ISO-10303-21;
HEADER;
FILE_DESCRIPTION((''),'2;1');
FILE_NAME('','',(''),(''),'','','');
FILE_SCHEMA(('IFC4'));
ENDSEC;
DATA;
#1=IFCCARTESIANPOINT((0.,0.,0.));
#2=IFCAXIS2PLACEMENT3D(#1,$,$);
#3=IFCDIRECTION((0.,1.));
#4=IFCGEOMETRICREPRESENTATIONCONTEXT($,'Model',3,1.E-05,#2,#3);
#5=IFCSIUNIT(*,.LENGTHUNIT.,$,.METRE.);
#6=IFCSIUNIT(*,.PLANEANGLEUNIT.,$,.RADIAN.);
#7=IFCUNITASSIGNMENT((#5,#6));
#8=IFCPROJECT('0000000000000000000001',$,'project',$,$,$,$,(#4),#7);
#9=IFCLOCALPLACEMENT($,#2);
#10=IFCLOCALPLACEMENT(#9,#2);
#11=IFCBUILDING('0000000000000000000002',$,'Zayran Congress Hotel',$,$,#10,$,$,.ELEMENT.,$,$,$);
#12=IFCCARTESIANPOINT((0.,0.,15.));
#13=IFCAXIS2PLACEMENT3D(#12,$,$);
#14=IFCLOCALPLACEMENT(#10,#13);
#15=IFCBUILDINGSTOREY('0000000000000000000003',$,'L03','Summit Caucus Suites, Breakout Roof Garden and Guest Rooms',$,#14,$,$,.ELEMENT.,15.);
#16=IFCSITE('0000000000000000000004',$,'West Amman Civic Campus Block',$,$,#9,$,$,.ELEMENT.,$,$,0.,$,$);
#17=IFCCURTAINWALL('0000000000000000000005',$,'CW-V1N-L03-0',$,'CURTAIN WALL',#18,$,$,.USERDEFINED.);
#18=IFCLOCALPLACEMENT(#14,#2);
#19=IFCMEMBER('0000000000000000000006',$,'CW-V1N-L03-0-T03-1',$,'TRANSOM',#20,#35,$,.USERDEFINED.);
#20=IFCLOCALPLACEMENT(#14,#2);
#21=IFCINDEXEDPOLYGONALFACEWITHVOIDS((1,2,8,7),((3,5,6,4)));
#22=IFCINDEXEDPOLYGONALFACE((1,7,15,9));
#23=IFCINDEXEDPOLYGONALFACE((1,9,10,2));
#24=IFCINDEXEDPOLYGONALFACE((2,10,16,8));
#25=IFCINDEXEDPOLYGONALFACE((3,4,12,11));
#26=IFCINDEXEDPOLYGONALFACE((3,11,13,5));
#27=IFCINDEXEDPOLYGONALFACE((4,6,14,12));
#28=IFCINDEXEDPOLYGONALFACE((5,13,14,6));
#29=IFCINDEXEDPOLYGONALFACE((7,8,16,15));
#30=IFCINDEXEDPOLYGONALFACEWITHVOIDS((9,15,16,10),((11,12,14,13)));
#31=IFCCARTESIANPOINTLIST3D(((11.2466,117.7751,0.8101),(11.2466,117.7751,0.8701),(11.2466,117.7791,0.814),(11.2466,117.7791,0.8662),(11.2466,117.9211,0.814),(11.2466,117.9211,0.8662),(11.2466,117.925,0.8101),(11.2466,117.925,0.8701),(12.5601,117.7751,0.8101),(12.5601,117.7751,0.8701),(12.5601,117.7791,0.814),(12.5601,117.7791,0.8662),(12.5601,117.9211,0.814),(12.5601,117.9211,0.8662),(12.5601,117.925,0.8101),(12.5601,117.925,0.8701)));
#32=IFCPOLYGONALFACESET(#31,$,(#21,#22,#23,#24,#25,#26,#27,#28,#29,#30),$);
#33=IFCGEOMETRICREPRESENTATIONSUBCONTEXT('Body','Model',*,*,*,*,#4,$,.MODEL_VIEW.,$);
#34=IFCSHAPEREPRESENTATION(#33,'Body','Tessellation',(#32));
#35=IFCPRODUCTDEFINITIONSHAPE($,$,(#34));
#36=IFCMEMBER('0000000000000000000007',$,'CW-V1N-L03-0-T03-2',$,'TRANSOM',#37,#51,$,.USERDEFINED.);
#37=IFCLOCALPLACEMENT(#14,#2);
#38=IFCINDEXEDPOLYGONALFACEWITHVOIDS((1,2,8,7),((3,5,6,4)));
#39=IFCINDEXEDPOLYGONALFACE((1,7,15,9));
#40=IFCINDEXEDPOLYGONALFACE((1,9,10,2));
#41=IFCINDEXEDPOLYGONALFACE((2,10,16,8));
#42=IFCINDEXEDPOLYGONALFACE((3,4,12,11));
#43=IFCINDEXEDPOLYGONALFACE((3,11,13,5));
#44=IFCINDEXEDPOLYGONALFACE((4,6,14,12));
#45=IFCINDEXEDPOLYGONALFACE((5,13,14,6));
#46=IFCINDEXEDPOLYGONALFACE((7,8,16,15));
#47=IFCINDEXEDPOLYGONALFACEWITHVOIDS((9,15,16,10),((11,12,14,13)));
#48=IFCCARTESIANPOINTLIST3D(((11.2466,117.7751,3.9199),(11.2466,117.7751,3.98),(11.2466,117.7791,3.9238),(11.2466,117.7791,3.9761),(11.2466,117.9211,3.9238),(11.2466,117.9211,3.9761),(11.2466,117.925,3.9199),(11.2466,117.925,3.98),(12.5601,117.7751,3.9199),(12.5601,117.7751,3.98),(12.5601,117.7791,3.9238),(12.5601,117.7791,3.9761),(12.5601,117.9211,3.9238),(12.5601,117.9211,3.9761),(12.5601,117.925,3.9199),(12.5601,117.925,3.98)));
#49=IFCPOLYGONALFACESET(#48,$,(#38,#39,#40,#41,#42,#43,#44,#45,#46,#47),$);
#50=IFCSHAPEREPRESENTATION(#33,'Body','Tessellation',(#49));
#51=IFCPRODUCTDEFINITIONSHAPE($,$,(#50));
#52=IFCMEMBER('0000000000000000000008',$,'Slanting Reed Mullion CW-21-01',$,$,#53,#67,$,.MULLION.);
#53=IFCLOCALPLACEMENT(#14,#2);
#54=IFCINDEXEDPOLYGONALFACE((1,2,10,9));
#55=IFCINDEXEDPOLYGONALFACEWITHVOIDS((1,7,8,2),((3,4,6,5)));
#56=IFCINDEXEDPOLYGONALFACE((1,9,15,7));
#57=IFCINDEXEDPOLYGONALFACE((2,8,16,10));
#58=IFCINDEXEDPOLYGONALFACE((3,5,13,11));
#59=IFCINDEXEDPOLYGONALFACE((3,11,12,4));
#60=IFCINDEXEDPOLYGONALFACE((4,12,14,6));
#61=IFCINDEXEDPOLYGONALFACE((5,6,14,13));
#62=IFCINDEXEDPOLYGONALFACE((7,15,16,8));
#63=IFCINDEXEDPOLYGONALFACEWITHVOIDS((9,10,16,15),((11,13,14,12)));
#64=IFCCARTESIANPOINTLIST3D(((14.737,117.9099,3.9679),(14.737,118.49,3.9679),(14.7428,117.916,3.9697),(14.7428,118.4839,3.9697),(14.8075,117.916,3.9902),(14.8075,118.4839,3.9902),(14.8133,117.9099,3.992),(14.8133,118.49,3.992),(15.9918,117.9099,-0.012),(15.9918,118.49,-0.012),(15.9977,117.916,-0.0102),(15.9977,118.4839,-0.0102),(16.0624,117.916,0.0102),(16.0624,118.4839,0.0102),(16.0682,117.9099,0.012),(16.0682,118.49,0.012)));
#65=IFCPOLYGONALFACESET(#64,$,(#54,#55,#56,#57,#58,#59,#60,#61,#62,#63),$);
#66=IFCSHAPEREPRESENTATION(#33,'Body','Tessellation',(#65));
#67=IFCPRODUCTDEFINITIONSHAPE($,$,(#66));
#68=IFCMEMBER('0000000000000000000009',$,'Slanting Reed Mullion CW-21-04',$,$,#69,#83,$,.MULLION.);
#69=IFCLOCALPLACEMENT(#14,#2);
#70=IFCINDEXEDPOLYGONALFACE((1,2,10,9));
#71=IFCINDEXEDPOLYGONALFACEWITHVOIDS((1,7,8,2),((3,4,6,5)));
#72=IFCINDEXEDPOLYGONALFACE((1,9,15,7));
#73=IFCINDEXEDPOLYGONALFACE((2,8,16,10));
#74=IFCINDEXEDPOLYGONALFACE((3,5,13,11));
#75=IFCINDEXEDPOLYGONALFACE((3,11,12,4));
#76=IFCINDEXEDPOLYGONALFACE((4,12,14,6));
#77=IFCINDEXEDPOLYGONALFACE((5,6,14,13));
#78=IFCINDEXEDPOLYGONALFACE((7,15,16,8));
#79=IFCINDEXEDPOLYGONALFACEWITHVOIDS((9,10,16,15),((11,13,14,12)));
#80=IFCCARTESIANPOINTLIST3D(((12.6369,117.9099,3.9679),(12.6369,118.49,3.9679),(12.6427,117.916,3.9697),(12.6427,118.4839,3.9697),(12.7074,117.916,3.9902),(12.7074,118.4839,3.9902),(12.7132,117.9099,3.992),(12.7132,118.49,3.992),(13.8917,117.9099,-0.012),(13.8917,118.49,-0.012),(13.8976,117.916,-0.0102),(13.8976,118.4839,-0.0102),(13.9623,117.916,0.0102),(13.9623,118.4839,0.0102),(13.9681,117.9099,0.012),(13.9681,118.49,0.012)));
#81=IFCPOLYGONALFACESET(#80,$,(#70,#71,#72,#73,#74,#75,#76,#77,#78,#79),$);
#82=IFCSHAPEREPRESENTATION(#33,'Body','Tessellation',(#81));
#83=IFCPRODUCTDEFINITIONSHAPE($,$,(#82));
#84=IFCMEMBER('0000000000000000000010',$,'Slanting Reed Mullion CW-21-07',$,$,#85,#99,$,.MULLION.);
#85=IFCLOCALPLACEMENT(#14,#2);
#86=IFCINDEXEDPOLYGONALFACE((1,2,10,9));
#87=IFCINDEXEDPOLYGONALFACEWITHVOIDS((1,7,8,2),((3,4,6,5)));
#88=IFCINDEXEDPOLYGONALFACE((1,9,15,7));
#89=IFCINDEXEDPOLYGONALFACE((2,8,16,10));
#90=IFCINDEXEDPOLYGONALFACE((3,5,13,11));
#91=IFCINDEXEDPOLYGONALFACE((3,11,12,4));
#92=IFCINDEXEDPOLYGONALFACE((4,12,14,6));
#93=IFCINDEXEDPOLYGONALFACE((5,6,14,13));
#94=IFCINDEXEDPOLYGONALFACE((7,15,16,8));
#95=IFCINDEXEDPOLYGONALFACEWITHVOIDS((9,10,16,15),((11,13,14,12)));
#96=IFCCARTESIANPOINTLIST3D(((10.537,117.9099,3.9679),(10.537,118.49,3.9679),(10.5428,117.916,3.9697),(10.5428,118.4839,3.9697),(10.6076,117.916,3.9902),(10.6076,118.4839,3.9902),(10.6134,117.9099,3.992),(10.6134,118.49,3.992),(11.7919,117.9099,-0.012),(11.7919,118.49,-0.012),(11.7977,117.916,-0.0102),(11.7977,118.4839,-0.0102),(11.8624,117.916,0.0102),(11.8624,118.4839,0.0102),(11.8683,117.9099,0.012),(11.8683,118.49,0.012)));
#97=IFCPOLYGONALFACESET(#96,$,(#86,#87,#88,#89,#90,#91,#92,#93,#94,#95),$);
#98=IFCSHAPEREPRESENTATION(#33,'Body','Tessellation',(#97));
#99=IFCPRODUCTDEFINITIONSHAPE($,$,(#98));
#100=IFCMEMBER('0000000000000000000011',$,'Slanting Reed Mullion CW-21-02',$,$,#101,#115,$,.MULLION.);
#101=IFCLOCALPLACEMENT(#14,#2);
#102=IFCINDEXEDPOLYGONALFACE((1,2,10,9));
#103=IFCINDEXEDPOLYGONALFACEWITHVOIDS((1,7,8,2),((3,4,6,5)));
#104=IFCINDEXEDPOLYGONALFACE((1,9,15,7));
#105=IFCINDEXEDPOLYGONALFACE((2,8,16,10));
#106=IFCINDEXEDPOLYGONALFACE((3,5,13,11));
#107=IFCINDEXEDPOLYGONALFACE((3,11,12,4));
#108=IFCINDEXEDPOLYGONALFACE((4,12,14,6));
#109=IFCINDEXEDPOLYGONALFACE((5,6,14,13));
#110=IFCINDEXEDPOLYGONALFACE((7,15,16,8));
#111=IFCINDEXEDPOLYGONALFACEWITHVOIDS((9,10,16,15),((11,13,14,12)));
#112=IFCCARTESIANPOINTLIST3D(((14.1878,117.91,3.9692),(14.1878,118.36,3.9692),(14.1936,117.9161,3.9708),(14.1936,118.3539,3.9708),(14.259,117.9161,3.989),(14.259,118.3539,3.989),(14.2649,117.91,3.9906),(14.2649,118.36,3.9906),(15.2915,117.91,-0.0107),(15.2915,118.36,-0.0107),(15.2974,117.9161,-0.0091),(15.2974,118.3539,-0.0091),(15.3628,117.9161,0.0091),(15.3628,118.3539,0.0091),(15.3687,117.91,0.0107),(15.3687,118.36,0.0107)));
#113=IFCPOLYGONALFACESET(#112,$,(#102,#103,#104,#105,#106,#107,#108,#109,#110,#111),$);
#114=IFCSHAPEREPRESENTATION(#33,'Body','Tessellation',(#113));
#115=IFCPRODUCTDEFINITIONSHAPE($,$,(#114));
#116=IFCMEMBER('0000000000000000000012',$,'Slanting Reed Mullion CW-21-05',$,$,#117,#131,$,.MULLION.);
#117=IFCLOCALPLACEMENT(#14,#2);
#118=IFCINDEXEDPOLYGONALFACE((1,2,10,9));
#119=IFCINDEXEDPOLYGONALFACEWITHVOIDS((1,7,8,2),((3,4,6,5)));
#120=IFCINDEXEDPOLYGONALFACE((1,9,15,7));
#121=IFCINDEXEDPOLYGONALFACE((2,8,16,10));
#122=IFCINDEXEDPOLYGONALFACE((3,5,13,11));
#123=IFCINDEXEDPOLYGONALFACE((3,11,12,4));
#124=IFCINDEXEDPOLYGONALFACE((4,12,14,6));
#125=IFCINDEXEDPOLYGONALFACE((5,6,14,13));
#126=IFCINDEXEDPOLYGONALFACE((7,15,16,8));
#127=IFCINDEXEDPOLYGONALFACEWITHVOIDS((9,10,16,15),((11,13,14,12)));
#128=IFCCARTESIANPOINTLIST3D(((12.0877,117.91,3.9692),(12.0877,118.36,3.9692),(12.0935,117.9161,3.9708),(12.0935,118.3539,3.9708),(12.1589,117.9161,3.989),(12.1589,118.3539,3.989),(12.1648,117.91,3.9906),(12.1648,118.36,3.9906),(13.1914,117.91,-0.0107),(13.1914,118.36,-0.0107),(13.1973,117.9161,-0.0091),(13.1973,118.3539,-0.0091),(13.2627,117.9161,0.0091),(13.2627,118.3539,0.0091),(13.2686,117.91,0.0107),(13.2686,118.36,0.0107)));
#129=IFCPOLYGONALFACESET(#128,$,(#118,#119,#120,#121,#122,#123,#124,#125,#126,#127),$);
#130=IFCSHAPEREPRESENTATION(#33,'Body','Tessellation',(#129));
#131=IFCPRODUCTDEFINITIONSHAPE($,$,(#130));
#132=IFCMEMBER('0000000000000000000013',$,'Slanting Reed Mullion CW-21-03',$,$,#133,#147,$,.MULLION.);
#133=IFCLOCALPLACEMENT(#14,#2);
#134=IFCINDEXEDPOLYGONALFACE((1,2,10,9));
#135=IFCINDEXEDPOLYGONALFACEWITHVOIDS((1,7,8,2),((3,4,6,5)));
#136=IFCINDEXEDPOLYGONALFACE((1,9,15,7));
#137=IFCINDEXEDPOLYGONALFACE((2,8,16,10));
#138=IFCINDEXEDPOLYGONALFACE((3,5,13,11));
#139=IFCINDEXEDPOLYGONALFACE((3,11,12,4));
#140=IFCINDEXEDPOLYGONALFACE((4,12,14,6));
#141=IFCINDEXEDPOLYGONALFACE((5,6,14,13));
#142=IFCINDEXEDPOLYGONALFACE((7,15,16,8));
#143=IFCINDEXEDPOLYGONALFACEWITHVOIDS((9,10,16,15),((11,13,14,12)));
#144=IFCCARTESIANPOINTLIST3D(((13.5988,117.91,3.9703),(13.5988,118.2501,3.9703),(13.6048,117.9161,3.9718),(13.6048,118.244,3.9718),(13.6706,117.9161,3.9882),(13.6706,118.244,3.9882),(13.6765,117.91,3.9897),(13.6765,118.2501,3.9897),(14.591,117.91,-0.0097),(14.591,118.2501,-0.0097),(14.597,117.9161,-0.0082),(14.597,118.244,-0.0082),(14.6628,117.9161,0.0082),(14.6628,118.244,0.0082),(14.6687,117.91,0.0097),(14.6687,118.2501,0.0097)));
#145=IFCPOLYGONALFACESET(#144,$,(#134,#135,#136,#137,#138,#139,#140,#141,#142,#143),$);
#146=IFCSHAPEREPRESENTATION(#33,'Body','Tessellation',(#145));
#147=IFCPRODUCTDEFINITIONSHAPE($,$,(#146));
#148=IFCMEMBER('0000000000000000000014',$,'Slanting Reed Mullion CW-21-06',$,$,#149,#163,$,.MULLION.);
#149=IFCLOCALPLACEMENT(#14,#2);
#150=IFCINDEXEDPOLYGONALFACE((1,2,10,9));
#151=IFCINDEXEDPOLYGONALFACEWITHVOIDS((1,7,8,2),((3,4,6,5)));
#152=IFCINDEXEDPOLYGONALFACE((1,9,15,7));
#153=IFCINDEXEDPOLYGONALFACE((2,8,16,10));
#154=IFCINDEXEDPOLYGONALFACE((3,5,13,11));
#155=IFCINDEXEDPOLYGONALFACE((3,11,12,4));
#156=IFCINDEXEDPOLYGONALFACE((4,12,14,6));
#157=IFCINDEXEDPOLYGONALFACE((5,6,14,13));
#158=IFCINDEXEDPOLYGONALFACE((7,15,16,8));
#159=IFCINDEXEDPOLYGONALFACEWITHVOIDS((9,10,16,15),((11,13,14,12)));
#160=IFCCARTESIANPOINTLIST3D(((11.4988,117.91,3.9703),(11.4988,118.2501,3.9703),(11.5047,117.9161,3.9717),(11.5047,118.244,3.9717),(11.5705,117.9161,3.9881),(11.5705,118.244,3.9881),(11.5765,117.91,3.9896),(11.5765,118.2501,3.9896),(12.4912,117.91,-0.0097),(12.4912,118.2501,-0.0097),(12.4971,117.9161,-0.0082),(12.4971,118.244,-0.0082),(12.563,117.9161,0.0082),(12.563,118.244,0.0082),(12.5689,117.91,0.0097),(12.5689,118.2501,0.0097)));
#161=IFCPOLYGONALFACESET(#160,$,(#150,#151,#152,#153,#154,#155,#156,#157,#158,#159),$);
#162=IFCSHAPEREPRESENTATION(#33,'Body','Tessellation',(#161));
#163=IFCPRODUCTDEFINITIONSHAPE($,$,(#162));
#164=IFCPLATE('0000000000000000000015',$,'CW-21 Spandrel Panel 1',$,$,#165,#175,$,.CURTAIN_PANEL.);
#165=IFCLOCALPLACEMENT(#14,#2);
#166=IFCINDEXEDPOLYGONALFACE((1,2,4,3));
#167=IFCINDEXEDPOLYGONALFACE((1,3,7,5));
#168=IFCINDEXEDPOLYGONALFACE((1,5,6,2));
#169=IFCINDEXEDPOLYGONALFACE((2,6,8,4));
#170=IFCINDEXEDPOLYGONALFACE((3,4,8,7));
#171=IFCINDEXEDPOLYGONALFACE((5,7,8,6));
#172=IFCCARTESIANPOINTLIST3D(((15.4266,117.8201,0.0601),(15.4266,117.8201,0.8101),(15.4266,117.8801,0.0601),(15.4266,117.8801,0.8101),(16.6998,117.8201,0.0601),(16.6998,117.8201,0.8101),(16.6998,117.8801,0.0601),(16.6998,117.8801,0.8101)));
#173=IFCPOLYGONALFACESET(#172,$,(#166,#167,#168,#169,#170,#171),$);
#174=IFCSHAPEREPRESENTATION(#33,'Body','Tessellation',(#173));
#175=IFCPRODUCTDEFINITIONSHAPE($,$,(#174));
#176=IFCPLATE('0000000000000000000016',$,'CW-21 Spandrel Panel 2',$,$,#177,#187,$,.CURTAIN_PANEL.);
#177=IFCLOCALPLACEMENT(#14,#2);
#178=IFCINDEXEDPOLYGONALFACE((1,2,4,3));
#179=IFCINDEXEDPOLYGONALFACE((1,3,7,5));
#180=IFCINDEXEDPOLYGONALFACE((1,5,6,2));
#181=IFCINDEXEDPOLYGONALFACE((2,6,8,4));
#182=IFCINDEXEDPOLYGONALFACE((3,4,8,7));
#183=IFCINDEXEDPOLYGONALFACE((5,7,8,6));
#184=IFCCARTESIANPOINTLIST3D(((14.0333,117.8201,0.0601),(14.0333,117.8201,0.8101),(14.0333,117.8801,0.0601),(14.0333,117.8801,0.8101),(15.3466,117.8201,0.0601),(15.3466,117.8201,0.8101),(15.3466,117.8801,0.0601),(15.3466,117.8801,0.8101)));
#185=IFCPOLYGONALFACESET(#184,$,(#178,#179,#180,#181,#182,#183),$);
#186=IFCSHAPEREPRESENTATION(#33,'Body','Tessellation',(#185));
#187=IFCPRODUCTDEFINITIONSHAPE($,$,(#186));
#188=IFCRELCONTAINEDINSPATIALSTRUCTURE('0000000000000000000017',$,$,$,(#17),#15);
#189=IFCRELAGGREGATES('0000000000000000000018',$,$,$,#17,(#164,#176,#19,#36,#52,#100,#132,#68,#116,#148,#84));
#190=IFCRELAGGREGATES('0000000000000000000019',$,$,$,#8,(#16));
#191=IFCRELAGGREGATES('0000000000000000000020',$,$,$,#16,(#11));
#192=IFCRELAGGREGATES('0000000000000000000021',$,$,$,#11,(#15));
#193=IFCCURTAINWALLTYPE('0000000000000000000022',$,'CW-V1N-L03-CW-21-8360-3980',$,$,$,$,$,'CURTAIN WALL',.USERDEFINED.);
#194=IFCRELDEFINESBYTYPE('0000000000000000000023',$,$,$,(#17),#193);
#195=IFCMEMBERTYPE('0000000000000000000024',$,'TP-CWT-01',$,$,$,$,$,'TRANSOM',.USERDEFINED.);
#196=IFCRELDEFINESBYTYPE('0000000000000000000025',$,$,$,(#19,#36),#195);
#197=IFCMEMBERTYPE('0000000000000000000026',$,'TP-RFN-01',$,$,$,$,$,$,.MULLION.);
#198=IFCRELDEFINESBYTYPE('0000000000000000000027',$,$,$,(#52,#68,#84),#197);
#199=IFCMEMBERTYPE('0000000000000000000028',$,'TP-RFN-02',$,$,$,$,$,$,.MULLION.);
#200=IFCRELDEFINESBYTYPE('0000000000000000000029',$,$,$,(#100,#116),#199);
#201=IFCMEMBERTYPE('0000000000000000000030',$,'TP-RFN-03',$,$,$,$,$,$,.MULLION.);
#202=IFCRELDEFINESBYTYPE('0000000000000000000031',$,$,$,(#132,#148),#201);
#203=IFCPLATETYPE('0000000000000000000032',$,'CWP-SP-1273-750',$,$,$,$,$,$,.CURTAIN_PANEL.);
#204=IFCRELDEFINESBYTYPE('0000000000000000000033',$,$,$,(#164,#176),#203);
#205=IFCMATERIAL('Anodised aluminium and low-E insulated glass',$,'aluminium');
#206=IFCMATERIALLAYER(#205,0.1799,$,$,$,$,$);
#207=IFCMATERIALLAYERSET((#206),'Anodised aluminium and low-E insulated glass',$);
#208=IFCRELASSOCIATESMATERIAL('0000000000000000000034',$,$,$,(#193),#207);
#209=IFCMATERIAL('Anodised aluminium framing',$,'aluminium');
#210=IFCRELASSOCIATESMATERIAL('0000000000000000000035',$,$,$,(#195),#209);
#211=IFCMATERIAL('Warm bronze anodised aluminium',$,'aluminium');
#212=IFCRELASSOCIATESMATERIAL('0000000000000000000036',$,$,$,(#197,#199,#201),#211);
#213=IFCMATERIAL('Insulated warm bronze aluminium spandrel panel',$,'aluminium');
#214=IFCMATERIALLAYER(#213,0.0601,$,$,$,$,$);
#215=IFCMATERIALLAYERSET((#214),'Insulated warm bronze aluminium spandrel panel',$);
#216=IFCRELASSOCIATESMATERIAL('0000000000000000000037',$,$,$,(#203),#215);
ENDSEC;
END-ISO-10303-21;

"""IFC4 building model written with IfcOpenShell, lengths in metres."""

from ifc_helpers import new_model, si_unit, direction, frame, origin, origin_2d, place, context, subcontext, project, spatial, rectangle, hollow_rectangle, extrude, material, layer, layer_set, material_profile, profile_set, type_object, element, aggregate, save


model = new_model("IFC4")

# Units and contexts
model_context = context("Model", 3, precision=1e-05, world=origin(), true_north=direction((0.0, 1.0)))
body_context = subcontext(model_context, "Body", "Model", "MODEL_VIEW")
ifc_project = project(units=[si_unit("LENGTHUNIT", "METRE"), si_unit("PLANEANGLEUNIT", "RADIAN")], contexts=[model_context])

# Site, building, storey
site_placement = place(None, origin())
site = spatial("IfcSite", under=ifc_project, at=site_placement, Name="West Amman Civic Campus Block", CompositionType="ELEMENT", RefElevation=0.0)
building_placement = place(site_placement, origin())
building = spatial("IfcBuilding", under=site, at=building_placement, Name="Zayran Congress Hotel", CompositionType="ELEMENT")
storey_placement = place(building_placement, frame((0.0, 0.0, 15.0)))
storey = spatial("IfcBuildingStorey", under=building, at=storey_placement, Name="L03", Description="Summit Caucus Suites, Breakout Roof Garden and Guest Rooms", CompositionType="ELEMENT", Elevation=15.0)

# Curtain wall, members, plates
ifc_material_1 = material(Name="Anodised aluminium and low-E insulated glass", Category="aluminium")
ifc_layer_1 = layer(ifc_material_1, 0.1799)
ifc_layer_set_1 = layer_set([ifc_layer_1], Name="Anodised aluminium and low-E insulated glass")
curtain_wall_type = type_object("IfcCurtainWallType", Name="CW-V1N-L03-CW-21-8360-3980", ElementType="CURTAIN WALL", PredefinedType="USERDEFINED", material=ifc_layer_set_1)
curtain_wall_placement = place(storey_placement, origin())
curtain_wall = element("IfcCurtainWall", 1, at=curtain_wall_placement, inside=storey, type_object=curtain_wall_type, Name="CW-V1N-L03-0", ObjectType="CURTAIN WALL", PredefinedType="USERDEFINED")
ifc_material_2 = material(Name="Anodised aluminium framing", Category="aluminium")
ifc_material_profile_1 = material_profile(ifc_material_2, hollow_rectangle(XDim=0.0601, YDim=0.1499, WallThickness=0.0039, at=origin_2d()), Name="RHS 150x60x4")
ifc_profile_set_1 = profile_set([ifc_material_profile_1], Name="Anodised aluminium framing")
member_type_1 = type_object("IfcMemberType", Name="TP-CWT-01", ElementType="TRANSOM", PredefinedType="USERDEFINED", material=ifc_profile_set_1)
member_1_placement = place(storey_placement, frame((12.5601, 117.8501, 0.8401), z_axis=(-1.0, 0.0, 0.0), x_axis=(0.0, 0.0, 1.0)))
member_1 = element("IfcMember", 2, at=member_1_placement, type_object=member_type_1, Name="CW-V1N-L03-0-T03-1", ObjectType="TRANSOM", PredefinedType="USERDEFINED", context=body_context, shape_type="SweptSolid", body=[
    extrude(hollow_rectangle(XDim=0.0601, YDim=0.1499, WallThickness=0.0039, at=origin_2d()), origin(), (0.0, 0.0, 1.0), 1.3135),
])
member_2_placement = place(storey_placement, frame((12.5601, 117.8501, 3.95), z_axis=(-1.0, 0.0, 0.0), x_axis=(0.0, 0.0, 1.0)))
member_2 = element("IfcMember", 3, at=member_2_placement, type_object=member_type_1, Name="CW-V1N-L03-0-T03-2", ObjectType="TRANSOM", PredefinedType="USERDEFINED", context=body_context, shape_type="SweptSolid", body=[
    extrude(hollow_rectangle(XDim=0.0601, YDim=0.1499, WallThickness=0.0039, at=origin_2d()), origin(), (0.0, 0.0, 1.0), 1.3135),
])
ifc_material_3 = material(Name="Warm bronze anodised aluminium", Category="aluminium")
ifc_material_profile_2 = material_profile(ifc_material_3, hollow_rectangle(XDim=0.0801, YDim=0.5801, WallThickness=0.0061, at=origin_2d()), Name="RHS 580x80x6")
ifc_profile_set_2 = profile_set([ifc_material_profile_2], Name="Warm bronze anodised aluminium")
member_type_2 = type_object("IfcMemberType", Name="TP-RFN-01", PredefinedType="MULLION", material=ifc_profile_set_2)
member_3_placement = place(storey_placement, frame((16.03, 118.2, 0.0), z_axis=(-0.300706, 0.0, 0.953717), x_axis=(0.953717, 0.0, 0.300706)))
member_3 = element("IfcMember", 4, at=member_3_placement, type_object=member_type_2, Name="Slanting Reed Mullion CW-21-01", PredefinedType="MULLION", context=body_context, shape_type="SweptSolid", body=[
    extrude(hollow_rectangle(XDim=0.0801, YDim=0.5801, WallThickness=0.0061, at=origin_2d()), origin(), (0.0, 0.0, 1.0), 4.1731),
])
member_4_placement = place(storey_placement, frame((13.9299, 118.2, 0.0), z_axis=(-0.300706, 0.0, 0.953717), x_axis=(0.953717, 0.0, 0.300706)))
member_4 = element("IfcMember", 5, at=member_4_placement, type_object=member_type_2, Name="Slanting Reed Mullion CW-21-04", PredefinedType="MULLION", context=body_context, shape_type="SweptSolid", body=[
    extrude(hollow_rectangle(XDim=0.0801, YDim=0.5801, WallThickness=0.0061, at=origin_2d()), origin(), (0.0, 0.0, 1.0), 4.1731),
])
member_5_placement = place(storey_placement, frame((11.8301, 118.2, 0.0), z_axis=(-0.300706, 0.0, 0.953717), x_axis=(0.953717, 0.0, 0.300706)))
member_5 = element("IfcMember", 6, at=member_5_placement, type_object=member_type_2, Name="Slanting Reed Mullion CW-21-07", PredefinedType="MULLION", context=body_context, shape_type="SweptSolid", body=[
    extrude(hollow_rectangle(XDim=0.0801, YDim=0.5801, WallThickness=0.0061, at=origin_2d()), origin(), (0.0, 0.0, 1.0), 4.1731),
])
ifc_material_profile_3 = material_profile(ifc_material_3, hollow_rectangle(XDim=0.0801, YDim=0.45, WallThickness=0.0061, at=origin_2d()), Name="RHS 450x80x6")
ifc_profile_set_3 = profile_set([ifc_material_profile_3], Name="Warm bronze anodised aluminium")
member_type_3 = type_object("IfcMemberType", Name="TP-RFN-02", PredefinedType="MULLION", material=ifc_profile_set_3)
member_6_placement = place(storey_placement, frame((15.3301, 118.135, 0.0), z_axis=(-0.267241, 0.0, 0.96363), x_axis=(0.96363, 0.0, 0.267241)))
member_6 = element("IfcMember", 7, at=member_6_placement, type_object=member_type_3, Name="Slanting Reed Mullion CW-21-02", PredefinedType="MULLION", context=body_context, shape_type="SweptSolid", body=[
    extrude(hollow_rectangle(XDim=0.0801, YDim=0.45, WallThickness=0.0061, at=origin_2d()), origin(), (0.0, 0.0, 1.0), 4.1301),
])
member_7_placement = place(storey_placement, frame((13.23, 118.135, 0.0), z_axis=(-0.267241, 0.0, 0.96363), x_axis=(0.96363, 0.0, 0.267241)))
member_7 = element("IfcMember", 8, at=member_7_placement, type_object=member_type_3, Name="Slanting Reed Mullion CW-21-05", PredefinedType="MULLION", context=body_context, shape_type="SweptSolid", body=[
    extrude(hollow_rectangle(XDim=0.0801, YDim=0.45, WallThickness=0.0061, at=origin_2d()), origin(), (0.0, 0.0, 1.0), 4.1301),
])
ifc_material_profile_4 = material_profile(ifc_material_3, hollow_rectangle(XDim=0.0801, YDim=0.3401, WallThickness=0.0061, at=origin_2d()), Name="RHS 340x80x6")
ifc_profile_set_4 = profile_set([ifc_material_profile_4], Name="Warm bronze anodised aluminium")
member_type_4 = type_object("IfcMemberType", Name="TP-RFN-03", PredefinedType="MULLION", material=ifc_profile_set_4)
member_8_placement = place(storey_placement, frame((14.6299, 118.0801, 0.0), z_axis=(-0.241891, 0.0, 0.970303), x_axis=(0.970303, 0.0, 0.241891)))
member_8 = element("IfcMember", 9, at=member_8_placement, type_object=member_type_4, Name="Slanting Reed Mullion CW-21-03", PredefinedType="MULLION", context=body_context, shape_type="SweptSolid", body=[
    extrude(hollow_rectangle(XDim=0.0801, YDim=0.3401, WallThickness=0.0061, at=origin_2d()), origin(), (0.0, 0.0, 1.0), 4.1018),
])
member_9_placement = place(storey_placement, frame((12.53, 118.0801, 0.0), z_axis=(-0.241947, 0.0, 0.970289), x_axis=(0.970289, 0.0, 0.241947)))
member_9 = element("IfcMember", 10, at=member_9_placement, type_object=member_type_4, Name="Slanting Reed Mullion CW-21-06", PredefinedType="MULLION", context=body_context, shape_type="SweptSolid", body=[
    extrude(hollow_rectangle(XDim=0.0801, YDim=0.3401, WallThickness=0.0061, at=origin_2d()), origin(), (0.0, 0.0, 1.0), 4.1018),
])
ifc_material_4 = material(Name="Insulated warm bronze aluminium spandrel panel", Category="aluminium")
ifc_layer_2 = layer(ifc_material_4, 0.0601)
ifc_layer_set_2 = layer_set([ifc_layer_2], Name="Insulated warm bronze aluminium spandrel panel")
plate_type_1 = type_object("IfcPlateType", Name="CWP-SP-1273-750", PredefinedType="CURTAIN_PANEL", material=ifc_layer_set_2)
plate_1_placement = place(storey_placement, frame((16.0632, 117.8501, 0.0601), z_axis=(0.0, 0.0, 1.0), x_axis=(1.0, 0.0, 0.0)))
plate_1 = element("IfcPlate", 11, at=plate_1_placement, type_object=plate_type_1, Name="CW-21 Spandrel Panel 1", PredefinedType="CURTAIN_PANEL", context=body_context, shape_type="SweptSolid", body=[
    extrude(rectangle(XDim=1.2732, YDim=0.0601, at=origin_2d()), origin(), (0.0, 0.0, 1.0), 0.75),
])
plate_2_placement = place(storey_placement, frame((14.6899, 117.8501, 0.0601), z_axis=(0.0, 0.0, 1.0), x_axis=(1.0, 0.0, 0.0)))
plate_2 = element("IfcPlate", 12, at=plate_2_placement, type_object=plate_type_1, Name="CW-21 Spandrel Panel 2", PredefinedType="CURTAIN_PANEL", context=body_context, shape_type="SweptSolid", body=[
    extrude(rectangle(XDim=1.3132, YDim=0.0601, at=origin_2d()), origin(), (0.0, 0.0, 1.0), 0.75),
])
aggregate(curtain_wall, [plate_1, plate_2, member_1, member_2, member_3, member_6, member_8, member_4, member_7, member_9, member_5])

save(model, "model.ifc")
